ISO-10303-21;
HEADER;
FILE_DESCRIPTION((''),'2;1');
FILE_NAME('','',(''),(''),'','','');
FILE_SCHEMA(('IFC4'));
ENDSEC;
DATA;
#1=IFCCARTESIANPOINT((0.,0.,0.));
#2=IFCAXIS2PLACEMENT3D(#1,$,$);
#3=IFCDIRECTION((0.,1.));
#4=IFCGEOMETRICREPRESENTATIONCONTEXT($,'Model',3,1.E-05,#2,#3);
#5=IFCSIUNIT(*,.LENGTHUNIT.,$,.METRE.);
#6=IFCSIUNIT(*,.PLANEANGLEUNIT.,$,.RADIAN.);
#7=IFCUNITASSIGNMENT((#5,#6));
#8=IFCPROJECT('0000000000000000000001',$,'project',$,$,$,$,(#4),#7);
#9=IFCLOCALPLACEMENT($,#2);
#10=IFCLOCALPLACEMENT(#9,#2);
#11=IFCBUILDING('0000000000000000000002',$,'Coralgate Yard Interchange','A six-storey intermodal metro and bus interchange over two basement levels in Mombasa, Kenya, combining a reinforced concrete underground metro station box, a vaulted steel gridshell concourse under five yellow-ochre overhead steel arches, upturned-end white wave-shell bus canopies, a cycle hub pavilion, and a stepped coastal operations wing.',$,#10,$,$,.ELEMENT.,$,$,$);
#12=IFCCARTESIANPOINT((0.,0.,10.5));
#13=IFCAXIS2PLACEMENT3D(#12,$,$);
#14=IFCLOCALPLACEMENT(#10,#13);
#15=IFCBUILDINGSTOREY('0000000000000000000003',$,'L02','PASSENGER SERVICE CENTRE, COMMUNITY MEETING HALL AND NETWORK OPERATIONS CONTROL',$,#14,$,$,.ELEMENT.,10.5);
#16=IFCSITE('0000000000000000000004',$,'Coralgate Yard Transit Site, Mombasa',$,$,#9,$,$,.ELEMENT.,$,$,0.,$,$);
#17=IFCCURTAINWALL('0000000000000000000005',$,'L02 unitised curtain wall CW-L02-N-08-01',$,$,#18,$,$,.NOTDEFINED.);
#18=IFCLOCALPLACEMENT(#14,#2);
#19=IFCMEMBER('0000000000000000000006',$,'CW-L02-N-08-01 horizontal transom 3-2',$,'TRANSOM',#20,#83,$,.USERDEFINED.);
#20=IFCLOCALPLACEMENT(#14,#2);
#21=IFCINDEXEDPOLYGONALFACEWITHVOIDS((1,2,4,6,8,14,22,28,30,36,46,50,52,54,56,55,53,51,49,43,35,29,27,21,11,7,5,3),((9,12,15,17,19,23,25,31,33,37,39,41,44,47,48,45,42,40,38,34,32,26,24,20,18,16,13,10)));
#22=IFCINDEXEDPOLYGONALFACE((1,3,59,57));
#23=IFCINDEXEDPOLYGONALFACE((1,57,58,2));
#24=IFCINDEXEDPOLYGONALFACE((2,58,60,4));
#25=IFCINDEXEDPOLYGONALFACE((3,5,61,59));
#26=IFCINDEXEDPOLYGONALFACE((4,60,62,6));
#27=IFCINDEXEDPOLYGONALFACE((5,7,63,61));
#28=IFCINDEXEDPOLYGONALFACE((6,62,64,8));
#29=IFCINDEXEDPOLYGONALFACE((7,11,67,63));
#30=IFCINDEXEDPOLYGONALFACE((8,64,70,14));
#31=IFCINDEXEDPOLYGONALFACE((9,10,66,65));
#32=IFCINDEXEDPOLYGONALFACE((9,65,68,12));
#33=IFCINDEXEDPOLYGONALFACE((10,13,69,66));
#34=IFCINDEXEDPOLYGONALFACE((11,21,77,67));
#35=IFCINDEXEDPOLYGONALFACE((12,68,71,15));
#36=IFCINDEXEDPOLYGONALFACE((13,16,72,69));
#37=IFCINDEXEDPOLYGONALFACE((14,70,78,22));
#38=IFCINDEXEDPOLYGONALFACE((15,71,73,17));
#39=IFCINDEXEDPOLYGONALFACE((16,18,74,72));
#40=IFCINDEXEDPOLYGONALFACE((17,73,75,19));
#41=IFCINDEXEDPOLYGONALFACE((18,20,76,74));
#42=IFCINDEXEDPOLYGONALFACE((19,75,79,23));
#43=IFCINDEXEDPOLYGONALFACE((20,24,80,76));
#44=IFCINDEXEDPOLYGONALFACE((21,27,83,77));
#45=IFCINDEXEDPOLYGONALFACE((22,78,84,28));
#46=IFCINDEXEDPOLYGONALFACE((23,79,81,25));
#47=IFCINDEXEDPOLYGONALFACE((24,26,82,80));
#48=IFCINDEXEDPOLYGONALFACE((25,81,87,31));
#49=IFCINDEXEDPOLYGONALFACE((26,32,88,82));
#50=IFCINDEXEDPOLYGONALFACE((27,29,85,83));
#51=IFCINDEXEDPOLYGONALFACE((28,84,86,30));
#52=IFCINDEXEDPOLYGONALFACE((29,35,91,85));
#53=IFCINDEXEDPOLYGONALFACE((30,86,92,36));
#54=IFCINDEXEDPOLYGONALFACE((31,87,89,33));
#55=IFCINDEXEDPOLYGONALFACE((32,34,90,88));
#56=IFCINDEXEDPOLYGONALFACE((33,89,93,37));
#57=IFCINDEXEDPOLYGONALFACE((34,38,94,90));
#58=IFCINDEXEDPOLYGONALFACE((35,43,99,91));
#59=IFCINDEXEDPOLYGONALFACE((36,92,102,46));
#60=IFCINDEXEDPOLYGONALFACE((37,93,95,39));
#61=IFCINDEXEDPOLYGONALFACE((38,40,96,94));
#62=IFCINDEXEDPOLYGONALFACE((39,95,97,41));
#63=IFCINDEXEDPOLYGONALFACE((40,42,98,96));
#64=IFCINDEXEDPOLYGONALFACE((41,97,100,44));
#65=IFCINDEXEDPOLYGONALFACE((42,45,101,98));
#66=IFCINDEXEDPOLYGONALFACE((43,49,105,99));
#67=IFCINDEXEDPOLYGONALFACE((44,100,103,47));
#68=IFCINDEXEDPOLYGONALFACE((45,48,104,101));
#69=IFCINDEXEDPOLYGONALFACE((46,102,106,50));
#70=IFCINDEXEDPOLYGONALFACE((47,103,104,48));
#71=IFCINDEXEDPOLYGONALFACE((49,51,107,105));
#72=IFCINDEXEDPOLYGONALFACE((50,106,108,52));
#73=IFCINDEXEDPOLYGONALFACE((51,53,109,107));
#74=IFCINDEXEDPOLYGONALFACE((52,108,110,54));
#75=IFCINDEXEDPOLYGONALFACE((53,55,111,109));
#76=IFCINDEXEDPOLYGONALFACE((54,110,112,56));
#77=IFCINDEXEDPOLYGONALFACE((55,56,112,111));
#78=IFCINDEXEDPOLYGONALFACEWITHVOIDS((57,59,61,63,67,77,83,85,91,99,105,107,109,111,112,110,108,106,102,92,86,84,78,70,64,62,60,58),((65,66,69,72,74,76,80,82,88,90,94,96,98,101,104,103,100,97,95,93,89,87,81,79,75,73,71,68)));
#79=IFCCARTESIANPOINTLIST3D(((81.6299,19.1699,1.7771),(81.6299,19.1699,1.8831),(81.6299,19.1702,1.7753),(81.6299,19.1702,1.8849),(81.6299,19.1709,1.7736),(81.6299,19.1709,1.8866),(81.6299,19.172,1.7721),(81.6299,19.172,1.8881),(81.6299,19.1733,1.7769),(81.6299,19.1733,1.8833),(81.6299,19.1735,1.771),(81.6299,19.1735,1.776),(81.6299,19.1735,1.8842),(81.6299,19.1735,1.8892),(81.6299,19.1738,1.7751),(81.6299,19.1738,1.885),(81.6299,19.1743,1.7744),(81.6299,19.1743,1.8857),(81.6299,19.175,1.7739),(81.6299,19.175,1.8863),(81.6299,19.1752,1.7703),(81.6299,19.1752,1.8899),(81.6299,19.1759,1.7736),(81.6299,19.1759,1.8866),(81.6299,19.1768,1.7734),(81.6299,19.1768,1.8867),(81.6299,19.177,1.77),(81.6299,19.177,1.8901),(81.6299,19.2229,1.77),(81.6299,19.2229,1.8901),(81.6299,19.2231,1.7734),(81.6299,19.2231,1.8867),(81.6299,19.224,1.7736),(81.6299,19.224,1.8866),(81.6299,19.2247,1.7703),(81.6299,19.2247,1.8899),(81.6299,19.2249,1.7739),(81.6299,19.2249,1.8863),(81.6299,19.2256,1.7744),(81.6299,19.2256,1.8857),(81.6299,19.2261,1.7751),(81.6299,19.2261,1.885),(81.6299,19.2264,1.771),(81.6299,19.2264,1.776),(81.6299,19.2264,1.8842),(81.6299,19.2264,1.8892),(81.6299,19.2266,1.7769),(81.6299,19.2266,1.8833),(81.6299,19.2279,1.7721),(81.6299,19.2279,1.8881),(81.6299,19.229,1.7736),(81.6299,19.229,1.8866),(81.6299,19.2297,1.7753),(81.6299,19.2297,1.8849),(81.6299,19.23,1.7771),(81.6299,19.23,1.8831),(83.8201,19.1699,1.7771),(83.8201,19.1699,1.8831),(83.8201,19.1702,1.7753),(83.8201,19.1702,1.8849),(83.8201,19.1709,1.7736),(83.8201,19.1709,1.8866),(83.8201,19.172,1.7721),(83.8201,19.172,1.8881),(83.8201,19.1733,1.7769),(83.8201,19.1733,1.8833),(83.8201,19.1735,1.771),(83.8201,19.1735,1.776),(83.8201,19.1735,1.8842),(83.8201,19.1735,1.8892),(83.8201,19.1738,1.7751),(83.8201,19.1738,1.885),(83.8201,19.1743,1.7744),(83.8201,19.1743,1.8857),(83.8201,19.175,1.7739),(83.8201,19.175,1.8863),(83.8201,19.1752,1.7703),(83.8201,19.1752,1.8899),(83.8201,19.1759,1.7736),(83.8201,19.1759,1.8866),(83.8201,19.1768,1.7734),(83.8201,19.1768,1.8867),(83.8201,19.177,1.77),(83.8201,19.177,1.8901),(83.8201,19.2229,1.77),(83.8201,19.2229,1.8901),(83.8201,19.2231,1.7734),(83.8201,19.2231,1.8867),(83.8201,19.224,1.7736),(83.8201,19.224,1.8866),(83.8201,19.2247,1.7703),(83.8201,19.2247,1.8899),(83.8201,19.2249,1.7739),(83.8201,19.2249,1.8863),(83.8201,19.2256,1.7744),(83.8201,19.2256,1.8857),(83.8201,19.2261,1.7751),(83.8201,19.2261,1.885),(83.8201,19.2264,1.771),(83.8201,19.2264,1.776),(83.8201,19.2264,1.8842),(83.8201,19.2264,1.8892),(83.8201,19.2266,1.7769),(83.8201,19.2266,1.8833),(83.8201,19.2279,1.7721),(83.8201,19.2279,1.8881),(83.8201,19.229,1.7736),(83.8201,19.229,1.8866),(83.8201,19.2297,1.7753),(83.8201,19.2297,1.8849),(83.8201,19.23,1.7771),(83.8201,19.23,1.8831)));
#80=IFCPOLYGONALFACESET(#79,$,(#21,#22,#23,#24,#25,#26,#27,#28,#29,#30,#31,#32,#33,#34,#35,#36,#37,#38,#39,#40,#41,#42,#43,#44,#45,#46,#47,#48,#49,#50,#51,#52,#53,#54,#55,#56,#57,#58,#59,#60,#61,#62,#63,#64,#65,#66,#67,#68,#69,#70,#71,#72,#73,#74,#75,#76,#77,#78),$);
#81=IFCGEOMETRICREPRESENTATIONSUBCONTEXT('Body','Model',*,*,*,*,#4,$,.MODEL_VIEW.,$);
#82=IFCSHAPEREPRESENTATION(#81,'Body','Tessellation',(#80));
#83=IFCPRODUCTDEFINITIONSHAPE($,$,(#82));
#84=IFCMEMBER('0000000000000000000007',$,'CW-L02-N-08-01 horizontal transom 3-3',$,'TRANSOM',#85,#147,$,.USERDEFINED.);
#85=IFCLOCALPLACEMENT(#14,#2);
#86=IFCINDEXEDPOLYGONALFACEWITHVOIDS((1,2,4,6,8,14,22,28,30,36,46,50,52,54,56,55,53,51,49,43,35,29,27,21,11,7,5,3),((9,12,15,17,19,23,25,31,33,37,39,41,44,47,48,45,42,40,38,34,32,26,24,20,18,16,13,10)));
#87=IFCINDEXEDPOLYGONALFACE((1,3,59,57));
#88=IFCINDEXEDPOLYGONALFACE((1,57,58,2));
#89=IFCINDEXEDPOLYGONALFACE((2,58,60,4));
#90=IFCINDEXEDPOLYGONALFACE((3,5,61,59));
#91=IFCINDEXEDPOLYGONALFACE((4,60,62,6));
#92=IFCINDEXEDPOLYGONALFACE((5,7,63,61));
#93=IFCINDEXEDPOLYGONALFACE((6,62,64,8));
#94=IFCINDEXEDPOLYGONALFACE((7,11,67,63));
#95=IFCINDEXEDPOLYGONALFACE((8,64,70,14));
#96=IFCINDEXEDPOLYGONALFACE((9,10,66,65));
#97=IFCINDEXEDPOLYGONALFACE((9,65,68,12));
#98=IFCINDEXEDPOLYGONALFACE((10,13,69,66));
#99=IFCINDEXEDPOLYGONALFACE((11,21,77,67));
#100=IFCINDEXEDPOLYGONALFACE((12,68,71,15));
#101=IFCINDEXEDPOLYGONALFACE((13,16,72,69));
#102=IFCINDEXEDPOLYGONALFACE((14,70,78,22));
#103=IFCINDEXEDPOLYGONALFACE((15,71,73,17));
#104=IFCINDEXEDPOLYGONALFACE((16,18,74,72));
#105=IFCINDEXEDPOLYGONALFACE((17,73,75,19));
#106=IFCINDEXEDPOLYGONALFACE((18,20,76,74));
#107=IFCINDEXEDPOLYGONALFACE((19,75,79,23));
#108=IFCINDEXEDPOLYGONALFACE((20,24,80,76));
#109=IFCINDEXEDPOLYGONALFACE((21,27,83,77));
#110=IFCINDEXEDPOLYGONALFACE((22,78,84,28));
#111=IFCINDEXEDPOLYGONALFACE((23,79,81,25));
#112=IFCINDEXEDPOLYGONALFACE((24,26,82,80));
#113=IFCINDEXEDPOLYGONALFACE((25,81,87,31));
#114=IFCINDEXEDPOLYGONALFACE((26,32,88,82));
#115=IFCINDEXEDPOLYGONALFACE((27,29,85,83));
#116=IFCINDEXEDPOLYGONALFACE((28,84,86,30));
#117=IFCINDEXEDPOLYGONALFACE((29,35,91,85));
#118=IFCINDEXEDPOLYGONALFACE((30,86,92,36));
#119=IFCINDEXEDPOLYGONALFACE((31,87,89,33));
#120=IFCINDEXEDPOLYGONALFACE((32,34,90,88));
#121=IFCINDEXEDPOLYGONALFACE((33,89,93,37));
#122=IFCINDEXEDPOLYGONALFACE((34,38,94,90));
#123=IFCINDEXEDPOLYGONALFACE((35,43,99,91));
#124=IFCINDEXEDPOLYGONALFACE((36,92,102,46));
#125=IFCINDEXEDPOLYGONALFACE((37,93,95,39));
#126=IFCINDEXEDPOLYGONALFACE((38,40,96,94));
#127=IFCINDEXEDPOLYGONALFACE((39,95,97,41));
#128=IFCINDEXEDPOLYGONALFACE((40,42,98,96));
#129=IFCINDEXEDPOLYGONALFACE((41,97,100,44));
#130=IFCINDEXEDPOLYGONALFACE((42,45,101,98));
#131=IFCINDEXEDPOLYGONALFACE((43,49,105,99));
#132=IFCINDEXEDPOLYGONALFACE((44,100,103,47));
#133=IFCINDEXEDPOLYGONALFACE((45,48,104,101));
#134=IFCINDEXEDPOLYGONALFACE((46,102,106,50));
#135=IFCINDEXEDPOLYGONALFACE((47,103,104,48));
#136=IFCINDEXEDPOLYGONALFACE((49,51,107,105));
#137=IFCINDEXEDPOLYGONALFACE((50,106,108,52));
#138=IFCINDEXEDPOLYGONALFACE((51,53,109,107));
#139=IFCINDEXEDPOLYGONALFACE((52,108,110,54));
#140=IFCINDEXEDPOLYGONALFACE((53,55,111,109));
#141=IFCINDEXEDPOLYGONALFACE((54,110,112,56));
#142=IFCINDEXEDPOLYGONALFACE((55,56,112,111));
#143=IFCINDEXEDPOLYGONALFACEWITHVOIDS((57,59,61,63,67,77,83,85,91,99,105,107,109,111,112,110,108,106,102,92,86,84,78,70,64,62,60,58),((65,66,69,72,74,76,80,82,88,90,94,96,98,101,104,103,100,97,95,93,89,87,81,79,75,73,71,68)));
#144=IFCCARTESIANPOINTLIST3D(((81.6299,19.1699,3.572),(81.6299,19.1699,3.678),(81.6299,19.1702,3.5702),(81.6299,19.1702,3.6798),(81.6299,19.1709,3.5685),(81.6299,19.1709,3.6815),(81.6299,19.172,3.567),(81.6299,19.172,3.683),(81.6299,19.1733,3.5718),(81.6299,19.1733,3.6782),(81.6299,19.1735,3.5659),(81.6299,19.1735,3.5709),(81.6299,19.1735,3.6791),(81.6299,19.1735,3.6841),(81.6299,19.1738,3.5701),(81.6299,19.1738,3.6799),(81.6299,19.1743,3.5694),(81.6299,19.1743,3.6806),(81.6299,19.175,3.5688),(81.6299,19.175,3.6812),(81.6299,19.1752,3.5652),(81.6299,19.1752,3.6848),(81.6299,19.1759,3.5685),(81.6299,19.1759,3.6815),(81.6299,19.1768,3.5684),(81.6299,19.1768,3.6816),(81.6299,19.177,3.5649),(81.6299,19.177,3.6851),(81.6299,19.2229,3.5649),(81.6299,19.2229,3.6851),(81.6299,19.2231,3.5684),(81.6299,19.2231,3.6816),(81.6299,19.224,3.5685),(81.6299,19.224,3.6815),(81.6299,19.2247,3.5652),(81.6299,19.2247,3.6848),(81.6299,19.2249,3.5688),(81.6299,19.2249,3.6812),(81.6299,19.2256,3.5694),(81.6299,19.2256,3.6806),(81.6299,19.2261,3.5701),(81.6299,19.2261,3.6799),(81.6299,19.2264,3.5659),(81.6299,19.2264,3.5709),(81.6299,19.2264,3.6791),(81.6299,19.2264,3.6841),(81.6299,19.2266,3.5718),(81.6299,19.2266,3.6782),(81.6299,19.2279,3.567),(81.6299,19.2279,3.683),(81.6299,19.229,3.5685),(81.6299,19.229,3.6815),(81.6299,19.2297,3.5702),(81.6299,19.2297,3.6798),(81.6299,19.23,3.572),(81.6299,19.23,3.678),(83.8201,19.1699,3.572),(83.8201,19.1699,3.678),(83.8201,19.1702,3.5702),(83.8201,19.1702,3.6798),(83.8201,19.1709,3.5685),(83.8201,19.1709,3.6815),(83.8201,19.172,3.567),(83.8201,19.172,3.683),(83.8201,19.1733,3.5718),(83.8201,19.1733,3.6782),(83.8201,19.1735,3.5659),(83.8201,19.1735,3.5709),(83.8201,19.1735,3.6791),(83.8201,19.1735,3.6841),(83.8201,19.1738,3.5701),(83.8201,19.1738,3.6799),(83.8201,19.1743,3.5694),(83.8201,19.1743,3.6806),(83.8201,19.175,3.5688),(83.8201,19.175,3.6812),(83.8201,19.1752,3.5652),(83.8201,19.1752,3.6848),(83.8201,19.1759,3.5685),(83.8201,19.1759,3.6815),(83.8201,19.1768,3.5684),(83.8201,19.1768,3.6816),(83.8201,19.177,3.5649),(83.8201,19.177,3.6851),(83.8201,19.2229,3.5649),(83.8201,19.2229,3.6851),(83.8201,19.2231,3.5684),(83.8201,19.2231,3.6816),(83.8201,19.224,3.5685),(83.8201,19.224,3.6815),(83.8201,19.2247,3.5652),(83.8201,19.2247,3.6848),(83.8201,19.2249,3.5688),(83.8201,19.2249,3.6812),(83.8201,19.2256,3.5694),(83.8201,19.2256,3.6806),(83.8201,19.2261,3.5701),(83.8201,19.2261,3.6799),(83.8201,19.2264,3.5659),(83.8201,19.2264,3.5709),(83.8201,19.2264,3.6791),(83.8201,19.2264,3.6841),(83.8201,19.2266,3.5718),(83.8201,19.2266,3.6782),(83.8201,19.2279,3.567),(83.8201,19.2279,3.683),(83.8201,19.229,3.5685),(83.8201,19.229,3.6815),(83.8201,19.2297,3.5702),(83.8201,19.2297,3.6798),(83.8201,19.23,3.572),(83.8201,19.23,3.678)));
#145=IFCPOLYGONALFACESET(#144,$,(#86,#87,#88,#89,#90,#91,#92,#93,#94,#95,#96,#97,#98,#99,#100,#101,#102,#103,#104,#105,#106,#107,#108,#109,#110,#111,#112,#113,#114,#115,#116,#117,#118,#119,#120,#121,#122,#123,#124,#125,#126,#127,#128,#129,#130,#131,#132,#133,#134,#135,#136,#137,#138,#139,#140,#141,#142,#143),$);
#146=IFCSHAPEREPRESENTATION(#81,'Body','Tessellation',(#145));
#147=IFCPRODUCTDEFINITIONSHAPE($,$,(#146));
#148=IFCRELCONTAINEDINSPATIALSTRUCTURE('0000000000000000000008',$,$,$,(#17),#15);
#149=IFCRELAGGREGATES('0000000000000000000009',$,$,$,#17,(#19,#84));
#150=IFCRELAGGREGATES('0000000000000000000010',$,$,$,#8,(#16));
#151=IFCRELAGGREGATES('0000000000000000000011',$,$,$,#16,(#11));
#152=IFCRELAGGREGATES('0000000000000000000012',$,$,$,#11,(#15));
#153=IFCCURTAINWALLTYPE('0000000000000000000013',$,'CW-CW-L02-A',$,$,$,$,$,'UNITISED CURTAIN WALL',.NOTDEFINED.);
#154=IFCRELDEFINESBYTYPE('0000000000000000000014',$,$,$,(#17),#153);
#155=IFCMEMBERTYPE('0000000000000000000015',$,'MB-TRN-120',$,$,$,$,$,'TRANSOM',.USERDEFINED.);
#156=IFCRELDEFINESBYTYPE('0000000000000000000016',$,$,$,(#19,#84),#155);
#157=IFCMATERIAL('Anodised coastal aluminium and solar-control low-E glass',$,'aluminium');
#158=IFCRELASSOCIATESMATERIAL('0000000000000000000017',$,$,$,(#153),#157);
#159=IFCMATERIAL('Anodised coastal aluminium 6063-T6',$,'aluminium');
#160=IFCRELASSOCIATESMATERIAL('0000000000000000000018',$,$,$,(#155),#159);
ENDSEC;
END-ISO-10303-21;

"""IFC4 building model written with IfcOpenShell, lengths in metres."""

from ifc_helpers import new_model, si_unit, direction, frame, origin, origin_2d, place, context, subcontext, project, spatial, hollow_rectangle, extrude, material, material_profile, profile_set, type_object, element, aggregate, save


model = new_model("IFC4")

# Units and contexts
model_context = context("Model", 3, precision=1e-05, world=origin(), true_north=direction((0.0, 1.0)))
body_context = subcontext(model_context, "Body", "Model", "MODEL_VIEW")
ifc_project = project(units=[si_unit("LENGTHUNIT", "METRE"), si_unit("PLANEANGLEUNIT", "RADIAN")], contexts=[model_context])

# Site, building, storey
site_placement = place(None, origin())
site = spatial("IfcSite", under=ifc_project, at=site_placement, Name="Coralgate Yard Transit Site, Mombasa", CompositionType="ELEMENT", RefElevation=0.0)
building_placement = place(site_placement, origin())
building = spatial("IfcBuilding", under=site, at=building_placement, Name="Coralgate Yard Interchange", Description="A six-storey intermodal metro and bus interchange over two basement levels in Mombasa, Kenya, combining a reinforced concrete underground metro station box, a vaulted steel gridshell concourse under five yellow-ochre overhead steel arches, upturned-end white wave-shell bus canopies, a cycle hub pavilion, and a stepped coastal operations wing.", CompositionType="ELEMENT")
storey_placement = place(building_placement, frame((0.0, 0.0, 10.5)))
storey = spatial("IfcBuildingStorey", under=building, at=storey_placement, Name="L02", Description="PASSENGER SERVICE CENTRE, COMMUNITY MEETING HALL AND NETWORK OPERATIONS CONTROL", CompositionType="ELEMENT", Elevation=10.5)

# Curtain wall
ifc_material_1 = material(Name="Anodised coastal aluminium and solar-control low-E glass", Category="aluminium")
curtain_wall_type = type_object("IfcCurtainWallType", Name="CW-CW-L02-A", ElementType="UNITISED CURTAIN WALL", PredefinedType="NOTDEFINED", material=ifc_material_1)
curtain_wall_placement = place(storey_placement, origin())
curtain_wall = element("IfcCurtainWall", 1, at=curtain_wall_placement, inside=storey, type_object=curtain_wall_type, Name="L02 unitised curtain wall CW-L02-N-08-01", PredefinedType="NOTDEFINED")
ifc_material_2 = material(Name="Anodised coastal aluminium 6063-T6", Category="aluminium")

# Members
ifc_material_profile_1 = material_profile(ifc_material_2, hollow_rectangle(XDim=0.0601, YDim=0.1201, WallThickness=0.0034, InnerFilletRadius=0.0034, OuterFilletRadius=0.0071, at=origin_2d()), Name="ALU 60x120x3.5")
ifc_profile_set_1 = profile_set([ifc_material_profile_1], Name="Anodised coastal aluminium 6063-T6")
member_type_1 = type_object("IfcMemberType", Name="MB-TRN-120", ElementType="TRANSOM", PredefinedType="USERDEFINED", material=ifc_profile_set_1)
member_1_placement = place(storey_placement, frame((81.6299, 19.2, 1.8301), z_axis=(1.0, 0.0, 0.0), x_axis=(0.0, 1.0, 0.0)))
member_1 = element("IfcMember", 2, at=member_1_placement, type_object=member_type_1, Name="CW-L02-N-08-01 horizontal transom 3-2", ObjectType="TRANSOM", PredefinedType="USERDEFINED", context=body_context, shape_type="SweptSolid", body=[
    extrude(hollow_rectangle(XDim=0.0601, YDim=0.1201, WallThickness=0.0034, InnerFilletRadius=0.0034, OuterFilletRadius=0.0071, at=origin_2d()), origin(), (0.0, 0.0, 1.0), 2.1902),
])
member_2_placement = place(storey_placement, frame((81.6299, 19.2, 3.625), z_axis=(1.0, 0.0, 0.0), x_axis=(0.0, 1.0, 0.0)))
member_2 = element("IfcMember", 3, at=member_2_placement, type_object=member_type_1, Name="CW-L02-N-08-01 horizontal transom 3-3", ObjectType="TRANSOM", PredefinedType="USERDEFINED", context=body_context, shape_type="SweptSolid", body=[
    extrude(hollow_rectangle(XDim=0.0601, YDim=0.1201, WallThickness=0.0034, InnerFilletRadius=0.0034, OuterFilletRadius=0.0071, at=origin_2d()), origin(), (0.0, 0.0, 1.0), 2.1902),
])

aggregate(curtain_wall, [member_1, member_2])

save(model, "model.ifc")
